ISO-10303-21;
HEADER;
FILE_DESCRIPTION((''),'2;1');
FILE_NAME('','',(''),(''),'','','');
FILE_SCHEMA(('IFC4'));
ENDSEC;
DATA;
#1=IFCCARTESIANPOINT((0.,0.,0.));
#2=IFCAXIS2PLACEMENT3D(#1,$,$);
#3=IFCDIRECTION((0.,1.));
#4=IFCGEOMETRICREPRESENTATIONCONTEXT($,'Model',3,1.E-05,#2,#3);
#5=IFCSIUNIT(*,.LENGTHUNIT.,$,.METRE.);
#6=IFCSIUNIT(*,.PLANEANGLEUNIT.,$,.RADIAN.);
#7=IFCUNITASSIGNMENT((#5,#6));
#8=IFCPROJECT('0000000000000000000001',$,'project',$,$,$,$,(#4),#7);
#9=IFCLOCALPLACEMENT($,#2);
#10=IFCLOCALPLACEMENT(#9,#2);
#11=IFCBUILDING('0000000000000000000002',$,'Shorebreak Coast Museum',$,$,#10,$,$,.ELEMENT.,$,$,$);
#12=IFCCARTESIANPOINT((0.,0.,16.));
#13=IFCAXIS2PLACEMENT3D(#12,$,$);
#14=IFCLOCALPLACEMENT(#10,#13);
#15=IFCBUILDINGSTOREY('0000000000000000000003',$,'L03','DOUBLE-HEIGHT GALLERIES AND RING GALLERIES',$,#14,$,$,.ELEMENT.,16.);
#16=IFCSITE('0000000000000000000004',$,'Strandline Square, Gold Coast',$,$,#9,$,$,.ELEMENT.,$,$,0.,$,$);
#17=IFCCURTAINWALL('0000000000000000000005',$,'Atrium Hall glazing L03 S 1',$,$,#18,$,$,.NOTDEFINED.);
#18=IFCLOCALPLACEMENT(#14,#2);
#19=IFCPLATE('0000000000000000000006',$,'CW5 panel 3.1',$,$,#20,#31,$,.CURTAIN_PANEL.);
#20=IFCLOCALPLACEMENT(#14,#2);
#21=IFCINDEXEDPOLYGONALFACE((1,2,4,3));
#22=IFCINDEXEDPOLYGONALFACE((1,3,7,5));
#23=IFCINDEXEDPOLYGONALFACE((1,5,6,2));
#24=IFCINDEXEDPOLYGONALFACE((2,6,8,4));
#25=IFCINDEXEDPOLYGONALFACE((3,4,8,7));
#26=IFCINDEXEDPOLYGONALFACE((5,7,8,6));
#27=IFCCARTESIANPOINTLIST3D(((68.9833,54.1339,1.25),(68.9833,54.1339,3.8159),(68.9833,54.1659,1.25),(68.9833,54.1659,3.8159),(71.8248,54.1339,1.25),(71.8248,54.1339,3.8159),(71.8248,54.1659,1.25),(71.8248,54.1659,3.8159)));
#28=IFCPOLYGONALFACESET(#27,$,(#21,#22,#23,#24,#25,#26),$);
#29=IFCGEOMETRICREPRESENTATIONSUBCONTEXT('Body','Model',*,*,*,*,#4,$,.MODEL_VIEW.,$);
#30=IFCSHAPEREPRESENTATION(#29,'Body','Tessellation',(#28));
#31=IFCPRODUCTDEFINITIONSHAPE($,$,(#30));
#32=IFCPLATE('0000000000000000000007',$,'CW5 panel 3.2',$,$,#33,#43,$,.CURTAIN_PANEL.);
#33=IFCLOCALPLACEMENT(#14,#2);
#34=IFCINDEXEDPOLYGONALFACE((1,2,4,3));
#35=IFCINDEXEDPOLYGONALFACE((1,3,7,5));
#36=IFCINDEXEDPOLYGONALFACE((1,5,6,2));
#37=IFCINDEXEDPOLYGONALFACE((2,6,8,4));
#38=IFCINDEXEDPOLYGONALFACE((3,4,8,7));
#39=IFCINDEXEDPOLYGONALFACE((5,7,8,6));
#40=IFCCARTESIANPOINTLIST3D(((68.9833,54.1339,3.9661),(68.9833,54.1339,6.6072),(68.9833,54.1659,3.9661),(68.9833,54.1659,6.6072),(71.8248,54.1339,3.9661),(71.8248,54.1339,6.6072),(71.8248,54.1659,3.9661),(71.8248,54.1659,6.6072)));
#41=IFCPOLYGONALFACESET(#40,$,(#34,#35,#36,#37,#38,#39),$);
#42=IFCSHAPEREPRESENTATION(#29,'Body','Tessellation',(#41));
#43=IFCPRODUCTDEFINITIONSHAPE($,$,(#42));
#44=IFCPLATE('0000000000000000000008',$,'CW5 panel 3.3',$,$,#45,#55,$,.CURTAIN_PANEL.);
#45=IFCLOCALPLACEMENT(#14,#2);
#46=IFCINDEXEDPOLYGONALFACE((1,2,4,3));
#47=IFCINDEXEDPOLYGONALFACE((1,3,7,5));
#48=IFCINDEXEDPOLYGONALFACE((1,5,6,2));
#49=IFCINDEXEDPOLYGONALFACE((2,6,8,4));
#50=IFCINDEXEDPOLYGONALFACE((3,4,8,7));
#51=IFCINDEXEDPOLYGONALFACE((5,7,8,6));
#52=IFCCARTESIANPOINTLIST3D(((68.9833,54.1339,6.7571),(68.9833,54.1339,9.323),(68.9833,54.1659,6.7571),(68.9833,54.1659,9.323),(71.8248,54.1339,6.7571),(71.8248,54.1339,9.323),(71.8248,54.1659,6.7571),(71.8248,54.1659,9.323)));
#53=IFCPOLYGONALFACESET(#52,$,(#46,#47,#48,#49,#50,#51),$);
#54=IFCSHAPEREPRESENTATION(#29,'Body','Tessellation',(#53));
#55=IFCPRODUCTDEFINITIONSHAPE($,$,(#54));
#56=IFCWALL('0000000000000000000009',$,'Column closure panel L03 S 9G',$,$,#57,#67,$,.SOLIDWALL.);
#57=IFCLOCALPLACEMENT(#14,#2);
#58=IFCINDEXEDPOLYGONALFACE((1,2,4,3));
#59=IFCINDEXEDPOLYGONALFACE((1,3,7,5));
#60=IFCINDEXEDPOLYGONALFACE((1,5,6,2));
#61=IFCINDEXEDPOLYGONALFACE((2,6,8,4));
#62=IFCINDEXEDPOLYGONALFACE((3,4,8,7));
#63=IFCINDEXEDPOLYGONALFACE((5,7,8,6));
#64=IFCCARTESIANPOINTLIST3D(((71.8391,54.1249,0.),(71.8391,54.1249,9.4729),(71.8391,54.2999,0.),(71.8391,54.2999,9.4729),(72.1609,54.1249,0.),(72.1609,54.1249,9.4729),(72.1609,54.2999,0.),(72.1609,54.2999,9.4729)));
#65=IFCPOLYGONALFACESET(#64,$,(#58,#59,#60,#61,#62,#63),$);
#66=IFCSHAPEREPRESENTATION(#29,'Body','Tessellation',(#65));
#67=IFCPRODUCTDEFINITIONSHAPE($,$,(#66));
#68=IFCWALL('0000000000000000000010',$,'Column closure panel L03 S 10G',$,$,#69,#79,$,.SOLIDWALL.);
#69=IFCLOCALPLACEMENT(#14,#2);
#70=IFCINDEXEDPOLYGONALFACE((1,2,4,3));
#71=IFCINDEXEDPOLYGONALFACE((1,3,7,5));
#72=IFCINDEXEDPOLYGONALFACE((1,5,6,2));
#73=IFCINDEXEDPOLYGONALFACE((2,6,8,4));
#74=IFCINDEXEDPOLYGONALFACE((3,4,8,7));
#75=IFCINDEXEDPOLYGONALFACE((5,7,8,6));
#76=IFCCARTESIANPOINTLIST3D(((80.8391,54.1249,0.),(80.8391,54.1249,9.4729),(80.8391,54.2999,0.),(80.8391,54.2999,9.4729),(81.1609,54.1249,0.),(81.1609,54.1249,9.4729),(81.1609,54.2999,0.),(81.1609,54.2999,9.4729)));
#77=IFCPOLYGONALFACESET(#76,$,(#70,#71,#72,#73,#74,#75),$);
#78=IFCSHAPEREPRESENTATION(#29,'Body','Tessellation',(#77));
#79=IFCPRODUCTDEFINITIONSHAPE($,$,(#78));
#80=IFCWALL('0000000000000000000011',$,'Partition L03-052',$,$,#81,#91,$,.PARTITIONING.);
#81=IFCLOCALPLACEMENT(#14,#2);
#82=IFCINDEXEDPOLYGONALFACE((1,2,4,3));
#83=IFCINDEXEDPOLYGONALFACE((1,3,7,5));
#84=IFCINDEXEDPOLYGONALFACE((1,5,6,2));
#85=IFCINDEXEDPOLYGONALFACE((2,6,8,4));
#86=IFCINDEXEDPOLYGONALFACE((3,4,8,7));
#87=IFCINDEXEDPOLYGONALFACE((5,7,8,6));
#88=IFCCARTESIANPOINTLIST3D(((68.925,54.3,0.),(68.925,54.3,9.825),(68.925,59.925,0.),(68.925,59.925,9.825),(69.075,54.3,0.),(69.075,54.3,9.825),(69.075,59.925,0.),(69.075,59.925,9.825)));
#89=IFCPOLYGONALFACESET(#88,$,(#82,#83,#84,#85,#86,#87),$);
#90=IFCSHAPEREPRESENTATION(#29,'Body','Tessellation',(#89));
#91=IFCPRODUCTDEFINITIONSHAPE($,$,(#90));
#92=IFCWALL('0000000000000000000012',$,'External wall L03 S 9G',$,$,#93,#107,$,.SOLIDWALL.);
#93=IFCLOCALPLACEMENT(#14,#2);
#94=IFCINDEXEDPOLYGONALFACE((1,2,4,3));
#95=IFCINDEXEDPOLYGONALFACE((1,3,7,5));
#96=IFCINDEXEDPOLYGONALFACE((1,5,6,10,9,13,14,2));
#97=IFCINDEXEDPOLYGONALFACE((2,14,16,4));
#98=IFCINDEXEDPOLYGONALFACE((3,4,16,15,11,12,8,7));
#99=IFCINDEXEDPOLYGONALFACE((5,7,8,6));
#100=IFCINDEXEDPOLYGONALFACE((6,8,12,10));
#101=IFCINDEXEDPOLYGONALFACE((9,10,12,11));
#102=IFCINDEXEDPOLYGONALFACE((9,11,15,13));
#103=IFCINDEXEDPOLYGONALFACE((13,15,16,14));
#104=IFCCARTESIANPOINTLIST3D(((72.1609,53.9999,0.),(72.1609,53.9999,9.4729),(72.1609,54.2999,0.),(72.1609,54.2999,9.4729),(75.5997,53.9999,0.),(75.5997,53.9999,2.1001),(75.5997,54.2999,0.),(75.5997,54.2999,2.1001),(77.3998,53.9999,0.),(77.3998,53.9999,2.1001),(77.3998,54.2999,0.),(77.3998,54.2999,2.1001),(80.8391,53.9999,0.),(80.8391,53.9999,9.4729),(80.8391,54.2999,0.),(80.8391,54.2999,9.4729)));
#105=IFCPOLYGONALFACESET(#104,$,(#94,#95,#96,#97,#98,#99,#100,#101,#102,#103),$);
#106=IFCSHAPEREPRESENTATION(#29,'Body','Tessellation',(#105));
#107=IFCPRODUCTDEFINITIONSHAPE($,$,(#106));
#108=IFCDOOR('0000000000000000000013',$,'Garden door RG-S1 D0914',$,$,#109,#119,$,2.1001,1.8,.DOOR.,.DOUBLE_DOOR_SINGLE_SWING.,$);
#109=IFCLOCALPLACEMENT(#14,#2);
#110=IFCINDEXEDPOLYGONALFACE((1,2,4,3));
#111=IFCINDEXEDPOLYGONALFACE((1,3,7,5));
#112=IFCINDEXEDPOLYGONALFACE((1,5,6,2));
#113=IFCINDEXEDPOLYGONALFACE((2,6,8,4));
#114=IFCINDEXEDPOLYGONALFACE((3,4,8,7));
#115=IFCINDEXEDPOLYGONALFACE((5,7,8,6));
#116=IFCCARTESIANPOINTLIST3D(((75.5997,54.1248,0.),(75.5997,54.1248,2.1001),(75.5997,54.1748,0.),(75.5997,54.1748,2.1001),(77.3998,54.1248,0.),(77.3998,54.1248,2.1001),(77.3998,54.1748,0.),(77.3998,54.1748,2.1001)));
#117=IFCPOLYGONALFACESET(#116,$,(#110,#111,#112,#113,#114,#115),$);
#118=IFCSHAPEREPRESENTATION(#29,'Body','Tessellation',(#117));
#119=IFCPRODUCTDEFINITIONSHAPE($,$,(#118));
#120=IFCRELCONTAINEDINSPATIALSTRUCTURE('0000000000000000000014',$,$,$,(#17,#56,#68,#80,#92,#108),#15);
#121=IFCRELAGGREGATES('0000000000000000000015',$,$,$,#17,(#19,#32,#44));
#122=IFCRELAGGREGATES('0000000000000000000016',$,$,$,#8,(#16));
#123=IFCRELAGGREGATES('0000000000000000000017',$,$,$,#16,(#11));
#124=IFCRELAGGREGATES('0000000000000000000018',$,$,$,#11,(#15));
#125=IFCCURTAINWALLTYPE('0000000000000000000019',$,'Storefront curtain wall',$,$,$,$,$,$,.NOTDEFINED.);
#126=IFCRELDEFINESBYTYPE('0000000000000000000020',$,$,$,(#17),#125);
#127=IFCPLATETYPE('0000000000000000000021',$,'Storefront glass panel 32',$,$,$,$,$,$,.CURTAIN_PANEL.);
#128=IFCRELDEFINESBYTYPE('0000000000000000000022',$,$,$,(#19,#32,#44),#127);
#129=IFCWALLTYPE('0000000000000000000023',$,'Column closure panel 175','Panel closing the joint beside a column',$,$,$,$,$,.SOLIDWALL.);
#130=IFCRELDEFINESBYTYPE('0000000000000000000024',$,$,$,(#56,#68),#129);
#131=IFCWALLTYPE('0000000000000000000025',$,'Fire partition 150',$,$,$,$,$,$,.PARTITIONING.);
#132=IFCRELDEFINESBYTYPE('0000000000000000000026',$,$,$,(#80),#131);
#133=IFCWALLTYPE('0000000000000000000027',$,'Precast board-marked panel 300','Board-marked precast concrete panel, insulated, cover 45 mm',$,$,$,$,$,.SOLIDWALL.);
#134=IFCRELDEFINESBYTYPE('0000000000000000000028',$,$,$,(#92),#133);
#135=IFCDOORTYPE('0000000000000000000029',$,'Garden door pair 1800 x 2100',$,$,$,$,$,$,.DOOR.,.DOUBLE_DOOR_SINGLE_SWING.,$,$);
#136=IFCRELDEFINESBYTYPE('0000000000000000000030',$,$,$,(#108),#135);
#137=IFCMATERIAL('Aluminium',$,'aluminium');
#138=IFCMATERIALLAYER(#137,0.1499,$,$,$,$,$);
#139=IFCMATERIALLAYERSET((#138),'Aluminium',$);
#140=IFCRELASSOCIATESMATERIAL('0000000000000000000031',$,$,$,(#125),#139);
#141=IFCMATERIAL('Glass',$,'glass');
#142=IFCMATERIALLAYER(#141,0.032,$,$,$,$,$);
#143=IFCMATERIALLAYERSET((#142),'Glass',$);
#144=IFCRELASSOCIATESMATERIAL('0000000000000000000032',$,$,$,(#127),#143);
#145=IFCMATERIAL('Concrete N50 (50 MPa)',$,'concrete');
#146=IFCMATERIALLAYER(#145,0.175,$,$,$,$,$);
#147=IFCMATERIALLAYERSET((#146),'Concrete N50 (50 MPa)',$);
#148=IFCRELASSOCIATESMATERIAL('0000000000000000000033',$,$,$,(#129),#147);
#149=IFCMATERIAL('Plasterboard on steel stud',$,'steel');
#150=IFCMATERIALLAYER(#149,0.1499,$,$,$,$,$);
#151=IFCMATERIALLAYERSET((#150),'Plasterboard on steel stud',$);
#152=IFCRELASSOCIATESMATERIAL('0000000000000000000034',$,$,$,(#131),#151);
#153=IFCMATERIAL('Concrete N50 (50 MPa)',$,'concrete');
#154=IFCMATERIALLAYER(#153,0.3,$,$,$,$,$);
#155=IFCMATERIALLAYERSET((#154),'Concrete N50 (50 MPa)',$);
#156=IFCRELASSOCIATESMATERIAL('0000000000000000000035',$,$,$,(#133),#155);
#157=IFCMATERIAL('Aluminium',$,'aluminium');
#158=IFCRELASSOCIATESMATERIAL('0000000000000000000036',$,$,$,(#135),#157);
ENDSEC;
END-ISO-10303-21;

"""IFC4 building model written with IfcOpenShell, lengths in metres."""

from ifc_helpers import new_model, si_unit, direction, frame, frame_2d, origin, origin_2d, place, context, subcontext, project, spatial, rectangle, extrude, material, layer, layer_set, type_object, element, fill, aggregate, save


model = new_model("IFC4")

# Units and contexts
model_context = context("Model", 3, precision=1e-05, world=origin(), true_north=direction((0.0, 1.0)))
body_context = subcontext(model_context, "Body", "Model", "MODEL_VIEW")
ifc_project = project(units=[si_unit("LENGTHUNIT", "METRE"), si_unit("PLANEANGLEUNIT", "RADIAN")], contexts=[model_context])

# Site, building, storey
site_placement = place(None, origin())
site = spatial("IfcSite", under=ifc_project, at=site_placement, Name="Strandline Square, Gold Coast", CompositionType="ELEMENT", RefElevation=0.0)
building_placement = place(site_placement, origin())
building = spatial("IfcBuilding", under=site, at=building_placement, Name="Shorebreak Coast Museum", CompositionType="ELEMENT")
storey_placement = place(building_placement, frame((0.0, 0.0, 16.0)))
storey = spatial("IfcBuildingStorey", under=building, at=storey_placement, Name="L03", Description="DOUBLE-HEIGHT GALLERIES AND RING GALLERIES", CompositionType="ELEMENT", Elevation=16.0)

# Curtain wall
ifc_material_1 = material(Name="Aluminium", Category="aluminium")
ifc_layer_1 = layer(ifc_material_1, 0.1499)
ifc_layer_set_1 = layer_set([ifc_layer_1], Name="Aluminium")
curtain_wall_type_1 = type_object("IfcCurtainWallType", Name="Storefront curtain wall", PredefinedType="NOTDEFINED", material=ifc_layer_set_1)
curtain_wall_1_placement = place(storey_placement, origin())
curtain_wall_1 = element("IfcCurtainWall", 1, at=curtain_wall_1_placement, inside=storey, type_object=curtain_wall_type_1, Name="Atrium Hall glazing L03 S 1", PredefinedType="NOTDEFINED")

# Plates
ifc_material_2 = material(Name="Glass", Category="glass")
ifc_layer_2 = layer(ifc_material_2, 0.032)
ifc_layer_set_2 = layer_set([ifc_layer_2], Name="Glass")
plate_type_1 = type_object("IfcPlateType", Name="Storefront glass panel 32", PredefinedType="CURTAIN_PANEL", material=ifc_layer_set_2)
plate_1_placement = place(storey_placement, frame((70.4041, 54.1499, 1.25), z_axis=(0.0, 0.0, 1.0), x_axis=(1.0, 0.0, 0.0)))
plate_1 = element("IfcPlate", 2, at=plate_1_placement, type_object=plate_type_1, Name="CW5 panel 3.1", PredefinedType="CURTAIN_PANEL", context=body_context, shape_type="SweptSolid", body=[
    extrude(rectangle(XDim=2.8416, YDim=0.032, at=origin_2d()), origin(), (0.0, 0.0, 1.0), 2.5659),
])
plate_2_placement = place(storey_placement, frame((70.4041, 54.1499, 3.9661), z_axis=(0.0, 0.0, 1.0), x_axis=(1.0, 0.0, 0.0)))
plate_2 = element("IfcPlate", 3, at=plate_2_placement, type_object=plate_type_1, Name="CW5 panel 3.2", PredefinedType="CURTAIN_PANEL", context=body_context, shape_type="SweptSolid", body=[
    extrude(rectangle(XDim=2.8416, YDim=0.032, at=origin_2d()), origin(), (0.0, 0.0, 1.0), 2.6411),
])
plate_3_placement = place(storey_placement, frame((70.4041, 54.1499, 6.7571), z_axis=(0.0, 0.0, 1.0), x_axis=(1.0, 0.0, 0.0)))
plate_3 = element("IfcPlate", 4, at=plate_3_placement, type_object=plate_type_1, Name="CW5 panel 3.3", PredefinedType="CURTAIN_PANEL", context=body_context, shape_type="SweptSolid", body=[
    extrude(rectangle(XDim=2.8416, YDim=0.032, at=origin_2d()), origin(), (0.0, 0.0, 1.0), 2.5659),
])
aggregate(curtain_wall_1, [plate_1, plate_2, plate_3])

# Walls
ifc_material_3 = material(Name="Concrete N50 (50 MPa)", Category="concrete")
ifc_layer_3 = layer(ifc_material_3, 0.175)
ifc_layer_set_3 = layer_set([ifc_layer_3], Name="Concrete N50 (50 MPa)")
wall_type_1 = type_object("IfcWallType", Name="Column closure panel 175", Description="Panel closing the joint beside a column", PredefinedType="SOLIDWALL", material=ifc_layer_set_3)
for number, where, z_axis, x_axis, name in (
    (5, (71.8391, 54.2124, 0.0), (0.0, 0.0, 1.0), (1.0, 0.0, 0.0), "Column closure panel L03 S 9G"),
    (6, (80.8391, 54.2124, 0.0), (0.0, 0.0, 1.0), (1.0, 0.0, 0.0), "Column closure panel L03 S 10G"),
):
    element("IfcWall", number, at=place(storey_placement, frame(where, z_axis=z_axis, x_axis=x_axis)), inside=storey, type_object=wall_type_1, Name=name, PredefinedType="SOLIDWALL", context=body_context, shape_type="SweptSolid", body=[
        extrude(rectangle(XDim=0.3218, YDim=0.175, at=frame_2d((0.1609, 0.0))), origin(), (0.0, 0.0, 1.0), 9.4729),
    ])
ifc_material_4 = material(Name="Plasterboard on steel stud", Category="steel")
ifc_layer_4 = layer(ifc_material_4, 0.1499)
ifc_layer_set_4 = layer_set([ifc_layer_4], Name="Plasterboard on steel stud")
wall_type_2 = type_object("IfcWallType", Name="Fire partition 150", PredefinedType="PARTITIONING", material=ifc_layer_set_4)
wall_1_placement = place(storey_placement, frame((69.0, 54.3, 0.0), z_axis=(0.0, 0.0, 1.0), x_axis=(0.0, 1.0, 0.0)))
element("IfcWall", 7, at=wall_1_placement, inside=storey, type_object=wall_type_2, Name="Partition L03-052", PredefinedType="PARTITIONING", context=body_context, shape_type="SweptSolid", body=[
    extrude(rectangle(XDim=5.625, YDim=0.1499, at=frame_2d((2.8125, 0.0))), origin(), (0.0, 0.0, 1.0), 9.825),
])

# Wall, opening, door
ifc_material_5 = material(Name="Concrete N50 (50 MPa)", Category="concrete")
ifc_layer_5 = layer(ifc_material_5, 0.3)
ifc_layer_set_5 = layer_set([ifc_layer_5], Name="Concrete N50 (50 MPa)")
wall_type_3 = type_object("IfcWallType", Name="Precast board-marked panel 300", Description="Board-marked precast concrete panel, insulated, cover 45 mm", PredefinedType="SOLIDWALL", material=ifc_layer_set_5)
wall_2_placement = place(storey_placement, frame((72.1609, 54.1499, 0.0), z_axis=(0.0, 0.0, 1.0), x_axis=(1.0, 0.0, 0.0)))
wall_2 = element("IfcWall", 8, at=wall_2_placement, inside=storey, type_object=wall_type_3, Name="External wall L03 S 9G", PredefinedType="SOLIDWALL", context=body_context, shape_type="SweptSolid", body=[
    extrude(rectangle(XDim=8.6782, YDim=0.3, at=frame_2d((4.3391, 0.0))), origin(), (0.0, 0.0, 1.0), 9.4729),
])
opening_placement = place(wall_2_placement, frame((3.439, 0.0, 0.0)))
opening = element("IfcOpeningElement", 9, at=opening_placement, cuts=wall_2, PredefinedType="OPENING", context=body_context, shape_type="SweptSolid", body=[
    extrude(rectangle(XDim=1.8, YDim=2.1001, at=frame_2d((0.8999, 1.05))), frame((0.0, 0.1599, 0.0), z_axis=(0.0, -1.0, 0.0), x_axis=(1.0, 0.0, 0.0)), (0.0, 0.0, 1.0), 0.3201),
])
ifc_material_6 = material(Name="Aluminium", Category="aluminium")
door_type = type_object("IfcDoorType", Name="Garden door pair 1800 x 2100", OperationType="DOUBLE_DOOR_SINGLE_SWING", PredefinedType="DOOR", material=ifc_material_6)
door_placement = place(opening_placement, origin())
door = element("IfcDoor", 10, at=door_placement, inside=storey, type_object=door_type, Name="Garden door RG-S1 D0914", OperationType="DOUBLE_DOOR_SINGLE_SWING", OverallHeight=2.1001, OverallWidth=1.8, PredefinedType="DOOR", context=body_context, shape_type="SweptSolid", body=[
    extrude(rectangle(XDim=1.8, YDim=2.1001, at=frame_2d((0.8999, 1.05))), frame((0.0, 0.0249, 0.0), z_axis=(0.0, -1.0, 0.0), x_axis=(1.0, 0.0, 0.0)), (0.0, 0.0, 1.0), 0.05),
])
fill(opening, door)

save(model, "model.ifc")
